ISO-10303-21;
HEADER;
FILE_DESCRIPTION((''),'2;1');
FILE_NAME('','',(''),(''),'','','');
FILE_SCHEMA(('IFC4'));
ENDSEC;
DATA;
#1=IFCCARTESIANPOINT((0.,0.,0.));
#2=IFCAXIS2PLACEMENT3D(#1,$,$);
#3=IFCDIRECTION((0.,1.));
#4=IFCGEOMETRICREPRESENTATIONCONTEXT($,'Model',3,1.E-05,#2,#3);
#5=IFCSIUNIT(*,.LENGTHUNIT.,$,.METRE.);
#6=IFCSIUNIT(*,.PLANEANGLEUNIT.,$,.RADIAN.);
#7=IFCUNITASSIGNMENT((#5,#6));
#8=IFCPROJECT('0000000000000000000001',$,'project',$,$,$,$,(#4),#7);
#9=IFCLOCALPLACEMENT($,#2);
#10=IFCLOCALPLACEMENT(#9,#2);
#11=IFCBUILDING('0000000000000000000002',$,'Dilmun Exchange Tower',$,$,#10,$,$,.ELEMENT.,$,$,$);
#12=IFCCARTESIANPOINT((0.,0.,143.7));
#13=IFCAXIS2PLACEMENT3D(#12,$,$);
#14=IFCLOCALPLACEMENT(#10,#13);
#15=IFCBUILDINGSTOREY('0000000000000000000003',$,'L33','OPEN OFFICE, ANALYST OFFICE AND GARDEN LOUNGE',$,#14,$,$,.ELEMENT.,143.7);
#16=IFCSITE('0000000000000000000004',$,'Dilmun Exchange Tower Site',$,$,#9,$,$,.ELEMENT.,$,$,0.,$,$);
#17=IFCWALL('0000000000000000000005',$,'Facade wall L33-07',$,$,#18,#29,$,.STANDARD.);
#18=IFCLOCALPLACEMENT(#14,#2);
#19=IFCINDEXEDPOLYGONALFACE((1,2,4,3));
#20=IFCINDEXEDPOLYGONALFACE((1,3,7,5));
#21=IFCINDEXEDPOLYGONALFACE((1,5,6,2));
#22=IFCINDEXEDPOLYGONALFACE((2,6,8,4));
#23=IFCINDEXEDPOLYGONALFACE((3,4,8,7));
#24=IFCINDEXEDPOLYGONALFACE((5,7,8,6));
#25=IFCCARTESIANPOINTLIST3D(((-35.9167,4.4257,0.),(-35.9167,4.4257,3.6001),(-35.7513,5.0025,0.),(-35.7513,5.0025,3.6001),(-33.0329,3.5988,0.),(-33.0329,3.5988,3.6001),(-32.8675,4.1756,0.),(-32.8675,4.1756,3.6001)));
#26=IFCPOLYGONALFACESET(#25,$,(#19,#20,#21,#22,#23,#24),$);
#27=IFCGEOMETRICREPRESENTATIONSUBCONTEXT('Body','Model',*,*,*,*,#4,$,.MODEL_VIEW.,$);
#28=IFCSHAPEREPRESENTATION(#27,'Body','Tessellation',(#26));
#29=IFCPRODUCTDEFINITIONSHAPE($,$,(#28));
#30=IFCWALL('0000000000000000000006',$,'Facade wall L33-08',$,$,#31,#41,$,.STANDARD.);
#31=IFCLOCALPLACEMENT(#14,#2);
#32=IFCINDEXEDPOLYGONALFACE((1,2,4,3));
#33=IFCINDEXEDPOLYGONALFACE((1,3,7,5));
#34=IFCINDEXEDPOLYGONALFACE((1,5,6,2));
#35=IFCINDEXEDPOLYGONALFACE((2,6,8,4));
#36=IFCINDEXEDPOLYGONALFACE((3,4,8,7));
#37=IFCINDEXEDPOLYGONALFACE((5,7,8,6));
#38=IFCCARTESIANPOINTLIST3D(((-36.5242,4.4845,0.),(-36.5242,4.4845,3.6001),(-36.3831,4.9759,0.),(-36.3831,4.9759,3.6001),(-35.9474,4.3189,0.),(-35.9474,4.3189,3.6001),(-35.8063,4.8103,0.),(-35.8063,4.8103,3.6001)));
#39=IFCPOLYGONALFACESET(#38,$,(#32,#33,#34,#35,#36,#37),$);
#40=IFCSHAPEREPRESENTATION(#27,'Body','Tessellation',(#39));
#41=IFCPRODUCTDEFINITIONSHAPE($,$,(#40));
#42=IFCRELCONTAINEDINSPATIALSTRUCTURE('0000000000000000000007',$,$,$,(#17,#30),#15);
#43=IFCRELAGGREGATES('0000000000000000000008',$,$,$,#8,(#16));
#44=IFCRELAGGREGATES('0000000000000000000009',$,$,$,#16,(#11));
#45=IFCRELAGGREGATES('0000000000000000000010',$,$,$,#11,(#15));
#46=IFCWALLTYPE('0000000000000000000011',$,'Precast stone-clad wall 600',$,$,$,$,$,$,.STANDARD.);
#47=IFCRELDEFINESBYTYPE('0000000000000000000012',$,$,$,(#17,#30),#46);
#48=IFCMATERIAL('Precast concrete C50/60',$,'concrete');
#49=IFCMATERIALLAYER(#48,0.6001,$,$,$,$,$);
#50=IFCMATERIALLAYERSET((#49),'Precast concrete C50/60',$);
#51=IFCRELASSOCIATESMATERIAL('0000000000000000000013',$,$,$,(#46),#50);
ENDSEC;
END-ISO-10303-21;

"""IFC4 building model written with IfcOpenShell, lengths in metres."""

from ifc_helpers import new_model, si_unit, direction, frame, frame_2d, origin, place, context, subcontext, project, spatial, rectangle, extrude, material, layer, layer_set, type_object, element, save


model = new_model("IFC4")

# Units and contexts
model_context = context("Model", 3, precision=1e-05, world=origin(), true_north=direction((0.0, 1.0)))
body_context = subcontext(model_context, "Body", "Model", "MODEL_VIEW")
ifc_project = project(units=[si_unit("LENGTHUNIT", "METRE"), si_unit("PLANEANGLEUNIT", "RADIAN")], contexts=[model_context])

# Site, building, storey
site_placement = place(None, origin())
site = spatial("IfcSite", under=ifc_project, at=site_placement, Name="Dilmun Exchange Tower Site", CompositionType="ELEMENT", RefElevation=0.0)
building_placement = place(site_placement, origin())
building = spatial("IfcBuilding", under=site, at=building_placement, Name="Dilmun Exchange Tower", CompositionType="ELEMENT")
storey_placement = place(building_placement, frame((0.0, 0.0, 143.7)))
storey = spatial("IfcBuildingStorey", under=building, at=storey_placement, Name="L33", Description="OPEN OFFICE, ANALYST OFFICE AND GARDEN LOUNGE", CompositionType="ELEMENT", Elevation=143.7)

# Shared definitions
ifc_material_1 = material(Name="Precast concrete C50/60", Category="concrete")
ifc_layer_1 = layer(ifc_material_1, 0.6001)
ifc_layer_set_1 = layer_set([ifc_layer_1], Name="Precast concrete C50/60")
wall_type_1 = type_object("IfcWallType", Name="Precast stone-clad wall 600", PredefinedType="STANDARD", material=ifc_layer_set_1)

# Walls
wall_1_placement = place(storey_placement, frame((-32.9502, 3.8872, 0.0), z_axis=(0.0, 0.0, 1.0), x_axis=(-0.961262, 0.275635, 0.0)))
element("IfcWall", 1, at=wall_1_placement, inside=storey, type_object=wall_type_1, Name="Facade wall L33-07", PredefinedType="STANDARD", context=body_context, shape_type="SweptSolid", body=[
    extrude(rectangle(XDim=3.0, YDim=0.6001, at=frame_2d((1.5, 0.0))), origin(), (0.0, 0.0, 1.0), 3.6001),
])
wall_2_placement = place(storey_placement, frame((-36.0947, 4.8931, 0.0), z_axis=(0.0, 0.0, 1.0), x_axis=(-0.275982, -0.961163, 0.0)))
element("IfcWall", 2, at=wall_2_placement, inside=storey, type_object=wall_type_1, Name="Facade wall L33-08", PredefinedType="STANDARD", context=body_context, shape_type="SweptSolid", body=[
    extrude(rectangle(XDim=0.5112, YDim=0.6001, at=frame_2d((0.2556, 0.0))), origin(), (0.0, 0.0, 1.0), 3.6001),
])

save(model, "model.ifc")
